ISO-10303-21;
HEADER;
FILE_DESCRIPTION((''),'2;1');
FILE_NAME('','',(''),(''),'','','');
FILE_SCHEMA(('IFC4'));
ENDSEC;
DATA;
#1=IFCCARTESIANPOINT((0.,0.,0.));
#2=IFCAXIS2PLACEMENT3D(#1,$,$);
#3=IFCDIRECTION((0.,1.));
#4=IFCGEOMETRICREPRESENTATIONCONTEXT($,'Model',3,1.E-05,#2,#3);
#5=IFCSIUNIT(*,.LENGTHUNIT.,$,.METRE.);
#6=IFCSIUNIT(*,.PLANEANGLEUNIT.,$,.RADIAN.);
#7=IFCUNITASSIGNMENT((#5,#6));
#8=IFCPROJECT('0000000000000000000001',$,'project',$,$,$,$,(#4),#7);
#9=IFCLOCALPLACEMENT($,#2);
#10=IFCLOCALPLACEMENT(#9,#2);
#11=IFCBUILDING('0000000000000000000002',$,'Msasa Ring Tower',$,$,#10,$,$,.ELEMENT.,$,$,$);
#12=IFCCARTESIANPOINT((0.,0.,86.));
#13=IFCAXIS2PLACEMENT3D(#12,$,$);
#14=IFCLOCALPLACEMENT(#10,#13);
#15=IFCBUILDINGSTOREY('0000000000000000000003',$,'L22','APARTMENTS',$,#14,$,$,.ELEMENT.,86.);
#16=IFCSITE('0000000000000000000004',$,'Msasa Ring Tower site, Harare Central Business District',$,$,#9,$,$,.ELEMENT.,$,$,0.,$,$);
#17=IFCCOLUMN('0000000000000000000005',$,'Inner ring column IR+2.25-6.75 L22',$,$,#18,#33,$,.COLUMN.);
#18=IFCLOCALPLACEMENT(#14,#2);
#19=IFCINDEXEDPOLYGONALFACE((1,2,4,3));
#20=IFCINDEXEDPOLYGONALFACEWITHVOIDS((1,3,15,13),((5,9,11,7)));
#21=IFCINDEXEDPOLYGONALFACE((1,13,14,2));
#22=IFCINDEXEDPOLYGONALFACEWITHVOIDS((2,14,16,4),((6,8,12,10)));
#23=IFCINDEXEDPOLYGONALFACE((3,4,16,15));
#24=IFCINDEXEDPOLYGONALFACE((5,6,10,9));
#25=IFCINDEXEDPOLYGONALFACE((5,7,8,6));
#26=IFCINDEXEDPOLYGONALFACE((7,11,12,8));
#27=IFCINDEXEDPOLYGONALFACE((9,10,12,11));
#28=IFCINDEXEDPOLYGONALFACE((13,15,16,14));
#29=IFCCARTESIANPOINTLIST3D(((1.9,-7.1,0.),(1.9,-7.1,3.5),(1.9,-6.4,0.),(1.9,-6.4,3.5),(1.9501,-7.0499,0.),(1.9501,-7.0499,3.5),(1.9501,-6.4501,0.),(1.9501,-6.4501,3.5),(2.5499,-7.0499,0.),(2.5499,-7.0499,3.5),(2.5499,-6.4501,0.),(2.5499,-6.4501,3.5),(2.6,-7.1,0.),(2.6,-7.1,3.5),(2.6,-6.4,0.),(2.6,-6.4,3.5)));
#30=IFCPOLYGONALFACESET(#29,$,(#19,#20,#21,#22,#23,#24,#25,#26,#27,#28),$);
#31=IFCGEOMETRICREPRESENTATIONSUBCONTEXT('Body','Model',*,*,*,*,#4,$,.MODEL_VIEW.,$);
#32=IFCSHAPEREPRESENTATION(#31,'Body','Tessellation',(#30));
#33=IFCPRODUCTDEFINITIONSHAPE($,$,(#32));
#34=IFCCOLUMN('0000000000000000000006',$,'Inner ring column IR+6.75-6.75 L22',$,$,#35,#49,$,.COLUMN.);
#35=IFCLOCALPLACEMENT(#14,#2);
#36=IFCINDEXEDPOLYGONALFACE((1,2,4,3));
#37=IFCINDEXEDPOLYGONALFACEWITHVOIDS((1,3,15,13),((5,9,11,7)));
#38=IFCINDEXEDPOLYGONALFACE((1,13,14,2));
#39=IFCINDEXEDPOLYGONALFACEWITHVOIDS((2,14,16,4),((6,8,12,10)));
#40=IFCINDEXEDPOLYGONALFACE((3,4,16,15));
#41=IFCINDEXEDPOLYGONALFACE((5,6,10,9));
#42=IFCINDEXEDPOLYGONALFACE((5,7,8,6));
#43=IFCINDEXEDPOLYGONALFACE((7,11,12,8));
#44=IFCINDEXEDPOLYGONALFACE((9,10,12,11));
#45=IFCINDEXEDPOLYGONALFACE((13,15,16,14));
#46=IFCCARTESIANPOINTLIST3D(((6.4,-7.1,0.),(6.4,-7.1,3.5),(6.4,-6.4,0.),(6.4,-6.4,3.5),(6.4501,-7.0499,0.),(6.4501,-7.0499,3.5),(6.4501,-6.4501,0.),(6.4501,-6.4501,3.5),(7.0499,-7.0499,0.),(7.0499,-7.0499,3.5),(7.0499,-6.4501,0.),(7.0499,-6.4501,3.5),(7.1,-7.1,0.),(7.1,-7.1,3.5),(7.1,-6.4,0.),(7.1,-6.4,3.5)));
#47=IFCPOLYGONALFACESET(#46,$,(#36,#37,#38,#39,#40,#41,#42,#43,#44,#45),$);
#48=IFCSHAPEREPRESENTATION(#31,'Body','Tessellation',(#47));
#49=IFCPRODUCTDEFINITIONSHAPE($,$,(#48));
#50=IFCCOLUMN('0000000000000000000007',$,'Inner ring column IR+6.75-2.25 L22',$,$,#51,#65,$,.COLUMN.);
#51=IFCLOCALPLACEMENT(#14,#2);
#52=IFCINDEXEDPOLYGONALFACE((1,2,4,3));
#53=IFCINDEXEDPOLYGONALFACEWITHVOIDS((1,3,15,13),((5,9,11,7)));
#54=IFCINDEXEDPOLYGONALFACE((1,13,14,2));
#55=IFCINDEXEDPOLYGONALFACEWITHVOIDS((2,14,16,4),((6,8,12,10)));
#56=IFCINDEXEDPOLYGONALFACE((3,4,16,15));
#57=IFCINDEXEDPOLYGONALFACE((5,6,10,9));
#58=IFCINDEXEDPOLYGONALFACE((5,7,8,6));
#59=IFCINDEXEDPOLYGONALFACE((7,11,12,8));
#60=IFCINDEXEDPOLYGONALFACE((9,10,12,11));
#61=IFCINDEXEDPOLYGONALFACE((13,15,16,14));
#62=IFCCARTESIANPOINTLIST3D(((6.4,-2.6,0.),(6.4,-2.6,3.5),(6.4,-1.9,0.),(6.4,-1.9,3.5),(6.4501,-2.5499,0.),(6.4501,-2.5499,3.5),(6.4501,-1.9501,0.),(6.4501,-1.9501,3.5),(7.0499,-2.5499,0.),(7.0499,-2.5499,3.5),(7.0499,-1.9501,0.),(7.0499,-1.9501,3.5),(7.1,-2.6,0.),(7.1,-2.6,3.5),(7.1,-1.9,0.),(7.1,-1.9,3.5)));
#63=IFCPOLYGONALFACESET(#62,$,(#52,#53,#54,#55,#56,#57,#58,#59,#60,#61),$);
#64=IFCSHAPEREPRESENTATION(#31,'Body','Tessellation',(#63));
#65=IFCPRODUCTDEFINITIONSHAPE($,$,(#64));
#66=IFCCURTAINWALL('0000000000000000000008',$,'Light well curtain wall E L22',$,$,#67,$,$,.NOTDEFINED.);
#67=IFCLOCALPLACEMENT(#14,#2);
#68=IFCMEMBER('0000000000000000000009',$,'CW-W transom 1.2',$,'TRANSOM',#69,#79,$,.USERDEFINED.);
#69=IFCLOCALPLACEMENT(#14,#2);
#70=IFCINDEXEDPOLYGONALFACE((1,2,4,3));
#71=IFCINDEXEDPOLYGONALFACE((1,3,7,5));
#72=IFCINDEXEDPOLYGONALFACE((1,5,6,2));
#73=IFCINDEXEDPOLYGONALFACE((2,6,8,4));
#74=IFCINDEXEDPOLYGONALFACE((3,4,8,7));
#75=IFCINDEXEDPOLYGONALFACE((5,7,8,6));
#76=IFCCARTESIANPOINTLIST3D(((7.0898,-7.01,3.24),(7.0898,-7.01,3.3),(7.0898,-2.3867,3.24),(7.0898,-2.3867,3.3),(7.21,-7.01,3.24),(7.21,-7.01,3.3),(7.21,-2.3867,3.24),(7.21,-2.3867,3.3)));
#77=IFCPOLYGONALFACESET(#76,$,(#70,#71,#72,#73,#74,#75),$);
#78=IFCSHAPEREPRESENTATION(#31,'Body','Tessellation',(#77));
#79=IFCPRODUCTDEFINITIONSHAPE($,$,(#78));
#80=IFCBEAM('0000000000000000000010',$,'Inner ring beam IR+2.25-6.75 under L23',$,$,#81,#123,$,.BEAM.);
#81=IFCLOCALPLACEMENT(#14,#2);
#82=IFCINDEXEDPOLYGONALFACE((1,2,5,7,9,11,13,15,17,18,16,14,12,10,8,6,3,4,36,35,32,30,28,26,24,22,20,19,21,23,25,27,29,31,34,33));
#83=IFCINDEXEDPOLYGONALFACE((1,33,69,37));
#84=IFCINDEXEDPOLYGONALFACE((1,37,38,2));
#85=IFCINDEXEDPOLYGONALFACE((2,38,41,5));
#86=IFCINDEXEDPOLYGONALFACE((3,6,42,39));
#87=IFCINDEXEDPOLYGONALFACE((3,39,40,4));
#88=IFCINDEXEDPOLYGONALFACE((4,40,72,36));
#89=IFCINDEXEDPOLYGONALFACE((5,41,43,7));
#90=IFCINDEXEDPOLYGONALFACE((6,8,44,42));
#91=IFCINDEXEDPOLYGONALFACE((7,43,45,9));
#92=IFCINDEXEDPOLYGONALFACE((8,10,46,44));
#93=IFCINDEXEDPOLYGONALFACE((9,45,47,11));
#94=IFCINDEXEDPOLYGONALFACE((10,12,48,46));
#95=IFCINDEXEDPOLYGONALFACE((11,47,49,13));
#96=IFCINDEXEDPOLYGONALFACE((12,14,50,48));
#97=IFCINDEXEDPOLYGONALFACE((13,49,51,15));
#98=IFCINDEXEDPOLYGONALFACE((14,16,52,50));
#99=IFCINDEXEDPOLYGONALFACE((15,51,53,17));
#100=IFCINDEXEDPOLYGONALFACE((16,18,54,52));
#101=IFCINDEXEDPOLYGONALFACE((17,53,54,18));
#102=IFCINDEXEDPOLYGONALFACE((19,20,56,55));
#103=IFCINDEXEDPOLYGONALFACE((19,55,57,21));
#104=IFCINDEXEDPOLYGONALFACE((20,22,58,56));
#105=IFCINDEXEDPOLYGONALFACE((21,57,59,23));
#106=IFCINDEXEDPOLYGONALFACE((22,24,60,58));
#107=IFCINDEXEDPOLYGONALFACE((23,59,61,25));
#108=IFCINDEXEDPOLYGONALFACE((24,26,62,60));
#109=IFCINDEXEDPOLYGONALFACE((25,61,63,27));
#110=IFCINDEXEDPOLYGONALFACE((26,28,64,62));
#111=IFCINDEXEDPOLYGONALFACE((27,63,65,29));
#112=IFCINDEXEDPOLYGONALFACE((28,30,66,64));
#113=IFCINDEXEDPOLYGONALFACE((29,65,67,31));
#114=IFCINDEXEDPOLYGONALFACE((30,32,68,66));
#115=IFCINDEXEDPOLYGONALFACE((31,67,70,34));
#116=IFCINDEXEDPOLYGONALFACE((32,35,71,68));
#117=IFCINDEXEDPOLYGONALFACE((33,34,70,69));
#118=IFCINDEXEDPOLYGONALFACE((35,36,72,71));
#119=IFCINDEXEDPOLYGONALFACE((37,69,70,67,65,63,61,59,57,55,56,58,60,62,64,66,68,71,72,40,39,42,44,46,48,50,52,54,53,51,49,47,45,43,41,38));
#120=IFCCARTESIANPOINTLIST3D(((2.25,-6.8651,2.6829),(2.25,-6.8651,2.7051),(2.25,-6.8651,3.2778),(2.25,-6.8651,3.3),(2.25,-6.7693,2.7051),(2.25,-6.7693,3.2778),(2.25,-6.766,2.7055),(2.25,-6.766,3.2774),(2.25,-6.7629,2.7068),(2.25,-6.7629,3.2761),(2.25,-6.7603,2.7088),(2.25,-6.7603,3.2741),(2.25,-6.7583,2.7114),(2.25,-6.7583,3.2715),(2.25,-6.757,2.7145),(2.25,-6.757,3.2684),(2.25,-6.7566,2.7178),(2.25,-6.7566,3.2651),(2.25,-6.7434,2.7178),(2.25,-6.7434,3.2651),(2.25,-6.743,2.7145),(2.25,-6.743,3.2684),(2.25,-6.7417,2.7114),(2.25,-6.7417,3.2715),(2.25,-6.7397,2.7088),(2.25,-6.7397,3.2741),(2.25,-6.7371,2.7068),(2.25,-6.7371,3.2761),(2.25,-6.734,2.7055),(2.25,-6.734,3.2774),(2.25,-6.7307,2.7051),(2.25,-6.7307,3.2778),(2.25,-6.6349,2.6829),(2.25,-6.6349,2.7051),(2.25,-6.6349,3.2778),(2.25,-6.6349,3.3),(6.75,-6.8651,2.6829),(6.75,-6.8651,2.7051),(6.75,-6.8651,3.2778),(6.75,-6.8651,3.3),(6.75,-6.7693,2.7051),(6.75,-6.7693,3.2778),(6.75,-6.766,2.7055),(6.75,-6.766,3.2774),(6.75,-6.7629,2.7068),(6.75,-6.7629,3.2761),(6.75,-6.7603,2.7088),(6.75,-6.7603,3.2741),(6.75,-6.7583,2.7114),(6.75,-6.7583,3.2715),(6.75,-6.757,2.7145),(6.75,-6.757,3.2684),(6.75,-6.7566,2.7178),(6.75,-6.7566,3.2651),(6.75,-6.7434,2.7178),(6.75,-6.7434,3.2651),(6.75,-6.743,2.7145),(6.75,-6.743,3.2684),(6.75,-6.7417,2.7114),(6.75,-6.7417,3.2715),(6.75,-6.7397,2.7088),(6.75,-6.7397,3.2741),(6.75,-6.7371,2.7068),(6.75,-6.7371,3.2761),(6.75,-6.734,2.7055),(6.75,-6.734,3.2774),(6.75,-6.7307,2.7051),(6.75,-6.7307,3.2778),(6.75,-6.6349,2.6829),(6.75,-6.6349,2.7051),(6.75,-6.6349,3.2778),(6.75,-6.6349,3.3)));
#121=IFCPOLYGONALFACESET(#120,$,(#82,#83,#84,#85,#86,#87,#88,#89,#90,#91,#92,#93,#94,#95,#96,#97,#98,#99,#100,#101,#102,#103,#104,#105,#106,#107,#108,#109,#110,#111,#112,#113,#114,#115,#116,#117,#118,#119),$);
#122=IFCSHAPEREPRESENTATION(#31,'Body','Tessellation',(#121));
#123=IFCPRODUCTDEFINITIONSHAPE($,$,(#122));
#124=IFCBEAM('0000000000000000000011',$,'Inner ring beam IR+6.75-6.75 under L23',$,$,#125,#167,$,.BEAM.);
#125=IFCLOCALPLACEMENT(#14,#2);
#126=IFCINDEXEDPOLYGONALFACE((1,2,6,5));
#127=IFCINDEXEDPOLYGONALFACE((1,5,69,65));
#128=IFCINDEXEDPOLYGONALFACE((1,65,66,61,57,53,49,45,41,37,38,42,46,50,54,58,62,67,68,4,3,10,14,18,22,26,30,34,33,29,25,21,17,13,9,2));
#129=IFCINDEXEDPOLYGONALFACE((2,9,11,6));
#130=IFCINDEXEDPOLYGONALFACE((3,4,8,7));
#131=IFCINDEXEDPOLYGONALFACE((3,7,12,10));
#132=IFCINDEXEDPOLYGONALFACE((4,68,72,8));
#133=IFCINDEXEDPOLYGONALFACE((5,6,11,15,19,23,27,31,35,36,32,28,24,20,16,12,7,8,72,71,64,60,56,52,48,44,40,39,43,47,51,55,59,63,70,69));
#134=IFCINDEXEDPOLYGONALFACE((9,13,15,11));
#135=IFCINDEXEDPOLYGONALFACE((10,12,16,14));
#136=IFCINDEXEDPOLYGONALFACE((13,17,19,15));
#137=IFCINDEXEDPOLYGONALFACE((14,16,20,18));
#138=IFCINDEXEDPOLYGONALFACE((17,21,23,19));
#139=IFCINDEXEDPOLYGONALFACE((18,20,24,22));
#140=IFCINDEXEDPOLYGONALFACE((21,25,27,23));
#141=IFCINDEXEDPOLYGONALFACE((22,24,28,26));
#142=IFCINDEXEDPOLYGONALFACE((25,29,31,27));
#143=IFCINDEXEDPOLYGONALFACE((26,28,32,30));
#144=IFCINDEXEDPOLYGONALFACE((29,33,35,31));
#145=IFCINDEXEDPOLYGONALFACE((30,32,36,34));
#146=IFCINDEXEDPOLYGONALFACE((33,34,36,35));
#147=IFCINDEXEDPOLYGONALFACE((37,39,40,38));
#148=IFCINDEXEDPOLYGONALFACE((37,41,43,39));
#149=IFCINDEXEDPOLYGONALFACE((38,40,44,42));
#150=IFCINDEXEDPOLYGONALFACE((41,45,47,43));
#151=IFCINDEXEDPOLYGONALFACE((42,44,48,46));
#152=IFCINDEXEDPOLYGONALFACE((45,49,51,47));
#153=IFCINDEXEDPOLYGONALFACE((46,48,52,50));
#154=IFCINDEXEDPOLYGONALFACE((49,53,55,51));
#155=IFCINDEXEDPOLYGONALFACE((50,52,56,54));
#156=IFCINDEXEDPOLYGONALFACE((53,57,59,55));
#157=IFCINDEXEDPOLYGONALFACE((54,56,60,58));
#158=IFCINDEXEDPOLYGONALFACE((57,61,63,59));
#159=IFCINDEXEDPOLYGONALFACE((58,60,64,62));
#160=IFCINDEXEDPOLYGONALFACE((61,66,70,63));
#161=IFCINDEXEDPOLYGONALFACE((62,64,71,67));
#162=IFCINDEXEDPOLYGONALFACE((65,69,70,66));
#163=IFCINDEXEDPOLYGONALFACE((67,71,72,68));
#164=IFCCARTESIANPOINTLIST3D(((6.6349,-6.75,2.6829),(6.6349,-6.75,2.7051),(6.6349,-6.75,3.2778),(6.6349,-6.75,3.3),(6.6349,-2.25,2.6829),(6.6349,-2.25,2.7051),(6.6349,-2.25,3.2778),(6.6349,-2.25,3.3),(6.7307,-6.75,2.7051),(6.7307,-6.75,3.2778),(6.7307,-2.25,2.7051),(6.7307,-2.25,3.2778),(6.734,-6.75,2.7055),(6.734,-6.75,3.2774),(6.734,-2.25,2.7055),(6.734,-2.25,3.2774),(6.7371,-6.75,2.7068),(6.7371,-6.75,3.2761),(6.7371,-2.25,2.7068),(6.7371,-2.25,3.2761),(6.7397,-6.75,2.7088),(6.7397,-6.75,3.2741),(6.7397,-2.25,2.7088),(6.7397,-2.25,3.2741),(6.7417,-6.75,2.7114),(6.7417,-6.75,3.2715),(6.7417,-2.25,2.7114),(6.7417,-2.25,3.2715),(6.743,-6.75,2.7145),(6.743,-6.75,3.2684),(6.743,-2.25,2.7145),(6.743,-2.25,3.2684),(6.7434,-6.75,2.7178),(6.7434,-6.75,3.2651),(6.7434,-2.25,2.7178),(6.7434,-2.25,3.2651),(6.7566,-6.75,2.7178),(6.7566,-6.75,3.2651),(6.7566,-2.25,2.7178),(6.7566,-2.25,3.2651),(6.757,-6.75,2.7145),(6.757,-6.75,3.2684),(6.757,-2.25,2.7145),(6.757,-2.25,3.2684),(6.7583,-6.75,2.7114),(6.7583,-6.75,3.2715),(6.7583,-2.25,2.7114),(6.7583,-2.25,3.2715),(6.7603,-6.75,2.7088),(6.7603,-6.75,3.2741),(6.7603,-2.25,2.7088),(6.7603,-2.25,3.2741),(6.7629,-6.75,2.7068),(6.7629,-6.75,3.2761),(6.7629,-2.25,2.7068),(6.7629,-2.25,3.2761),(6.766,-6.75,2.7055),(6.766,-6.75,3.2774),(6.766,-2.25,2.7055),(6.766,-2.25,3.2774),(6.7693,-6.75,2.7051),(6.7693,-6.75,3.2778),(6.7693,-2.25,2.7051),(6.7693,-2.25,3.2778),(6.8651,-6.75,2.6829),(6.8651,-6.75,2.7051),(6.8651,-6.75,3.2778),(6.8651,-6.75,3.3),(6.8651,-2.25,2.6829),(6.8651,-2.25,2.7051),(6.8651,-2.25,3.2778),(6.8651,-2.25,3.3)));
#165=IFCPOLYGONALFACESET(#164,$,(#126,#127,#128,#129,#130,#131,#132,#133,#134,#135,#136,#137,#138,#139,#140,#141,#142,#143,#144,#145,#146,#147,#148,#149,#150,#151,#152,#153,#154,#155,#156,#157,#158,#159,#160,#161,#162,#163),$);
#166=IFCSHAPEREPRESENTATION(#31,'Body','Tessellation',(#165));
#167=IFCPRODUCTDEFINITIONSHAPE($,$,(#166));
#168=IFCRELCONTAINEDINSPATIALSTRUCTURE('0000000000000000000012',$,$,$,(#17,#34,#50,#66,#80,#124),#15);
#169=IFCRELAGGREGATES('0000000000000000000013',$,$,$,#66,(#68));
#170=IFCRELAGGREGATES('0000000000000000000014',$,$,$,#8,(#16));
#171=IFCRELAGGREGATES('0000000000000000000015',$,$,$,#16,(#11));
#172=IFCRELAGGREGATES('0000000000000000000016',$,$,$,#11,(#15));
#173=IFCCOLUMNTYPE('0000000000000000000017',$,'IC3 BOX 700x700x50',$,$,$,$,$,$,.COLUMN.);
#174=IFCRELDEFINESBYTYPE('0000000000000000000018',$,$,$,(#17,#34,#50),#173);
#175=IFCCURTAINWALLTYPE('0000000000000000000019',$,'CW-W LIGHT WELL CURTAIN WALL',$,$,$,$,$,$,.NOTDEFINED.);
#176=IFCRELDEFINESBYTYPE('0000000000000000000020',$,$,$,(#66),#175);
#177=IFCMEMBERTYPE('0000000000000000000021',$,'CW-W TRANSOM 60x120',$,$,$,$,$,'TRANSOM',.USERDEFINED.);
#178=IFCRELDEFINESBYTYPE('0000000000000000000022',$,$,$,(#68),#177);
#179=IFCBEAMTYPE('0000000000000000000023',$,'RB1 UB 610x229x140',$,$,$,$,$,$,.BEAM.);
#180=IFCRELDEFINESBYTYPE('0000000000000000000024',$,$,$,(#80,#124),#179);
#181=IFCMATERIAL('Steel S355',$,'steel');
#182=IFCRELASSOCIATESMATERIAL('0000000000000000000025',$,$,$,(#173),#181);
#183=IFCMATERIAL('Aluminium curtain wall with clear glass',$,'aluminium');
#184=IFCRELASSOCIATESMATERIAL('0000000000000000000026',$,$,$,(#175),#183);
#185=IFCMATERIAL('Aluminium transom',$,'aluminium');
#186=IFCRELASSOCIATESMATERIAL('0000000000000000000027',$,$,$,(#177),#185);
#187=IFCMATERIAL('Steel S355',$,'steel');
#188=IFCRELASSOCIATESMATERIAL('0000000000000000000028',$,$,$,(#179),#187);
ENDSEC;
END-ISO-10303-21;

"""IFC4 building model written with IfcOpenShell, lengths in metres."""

from ifc_helpers import new_model, si_unit, direction, frame, origin, origin_2d, place, context, subcontext, project, spatial, rectangle, hollow_rectangle, i_section, extrude, material, material_profile, profile_set, type_object, element, aggregate, save


model = new_model("IFC4")

# Units and contexts
model_context = context("Model", 3, precision=1e-05, world=origin(), true_north=direction((0.0, 1.0)))
body_context = subcontext(model_context, "Body", "Model", "MODEL_VIEW")
ifc_project = project(units=[si_unit("LENGTHUNIT", "METRE"), si_unit("PLANEANGLEUNIT", "RADIAN")], contexts=[model_context])

# Site, building, storey
site_placement = place(None, origin())
site = spatial("IfcSite", under=ifc_project, at=site_placement, Name="Msasa Ring Tower site, Harare Central Business District", CompositionType="ELEMENT", RefElevation=0.0)
building_placement = place(site_placement, origin())
building = spatial("IfcBuilding", under=site, at=building_placement, Name="Msasa Ring Tower", CompositionType="ELEMENT")
storey_placement = place(building_placement, frame((0.0, 0.0, 86.0)))
storey = spatial("IfcBuildingStorey", under=building, at=storey_placement, Name="L22", Description="APARTMENTS", CompositionType="ELEMENT", Elevation=86.0)

# Columns
ifc_material_1 = material(Name="Steel S355", Category="steel")
ifc_material_profile_1 = material_profile(ifc_material_1, hollow_rectangle(XDim=0.7, YDim=0.7, WallThickness=0.05, at=origin_2d()), Name="BOX 700x700x50")
ifc_profile_set_1 = profile_set([ifc_material_profile_1], Name="Steel S355")
column_type = type_object("IfcColumnType", Name="IC3 BOX 700x700x50", PredefinedType="COLUMN", material=ifc_profile_set_1)
for number, where, z_axis, x_axis, name in (
    (1, (2.25, -6.75, 0.0), (0.0, 0.0, 1.0), (1.0, 0.0, 0.0), "Inner ring column IR+2.25-6.75 L22"),
    (2, (6.75, -6.75, 0.0), (0.0, 0.0, 1.0), (1.0, 0.0, 0.0), "Inner ring column IR+6.75-6.75 L22"),
    (3, (6.75, -2.25, 0.0), (0.0, 0.0, 1.0), (1.0, 0.0, 0.0), "Inner ring column IR+6.75-2.25 L22"),
):
    element("IfcColumn", number, at=place(storey_placement, frame(where, z_axis=z_axis, x_axis=x_axis)), inside=storey, type_object=column_type, Name=name, PredefinedType="COLUMN", context=body_context, shape_type="SweptSolid", body=[
        extrude(hollow_rectangle(XDim=0.7, YDim=0.7, WallThickness=0.05, at=origin_2d()), origin(), (0.0, 0.0, 1.0), 3.5),
    ])

# Curtain wall, member
ifc_material_2 = material(Name="Aluminium curtain wall with clear glass", Category="aluminium")
curtain_wall_type = type_object("IfcCurtainWallType", Name="CW-W LIGHT WELL CURTAIN WALL", PredefinedType="NOTDEFINED", material=ifc_material_2)
curtain_wall_placement = place(storey_placement, origin())
curtain_wall = element("IfcCurtainWall", 4, at=curtain_wall_placement, inside=storey, type_object=curtain_wall_type, Name="Light well curtain wall E L22", PredefinedType="NOTDEFINED")
ifc_material_3 = material(Name="Aluminium transom", Category="aluminium")
ifc_material_profile_2 = material_profile(ifc_material_3, rectangle(XDim=0.1201, YDim=0.0601, at=origin_2d()), Name="AL 60x120")
ifc_profile_set_2 = profile_set([ifc_material_profile_2], Name="Aluminium transom")
member_type = type_object("IfcMemberType", Name="CW-W TRANSOM 60x120", ElementType="TRANSOM", PredefinedType="USERDEFINED", material=ifc_profile_set_2)
member_placement = place(storey_placement, frame((7.1499, -7.01, 3.27), z_axis=(0.0, 1.0, 0.0), x_axis=(-1.0, 0.0, 0.0)))
member = element("IfcMember", 5, at=member_placement, type_object=member_type, Name="CW-W transom 1.2", ObjectType="TRANSOM", PredefinedType="USERDEFINED", context=body_context, shape_type="SweptSolid", body=[
    extrude(rectangle(XDim=0.1201, YDim=0.0601, at=origin_2d()), origin(), (0.0, 0.0, 1.0), 4.6233),
])

# Beams
ifc_material_4 = material(Name="Steel S355", Category="steel")
ifc_material_profile_3 = material_profile(ifc_material_4, i_section(OverallWidth=0.2302, OverallDepth=0.6172, WebThickness=0.0132, FlangeThickness=0.0222, FilletRadius=0.0127, at=origin_2d()), Name="UB 610x229x140")
ifc_profile_set_3 = profile_set([ifc_material_profile_3], Name="Steel S355")
beam_type = type_object("IfcBeamType", Name="RB1 UB 610x229x140", PredefinedType="BEAM", material=ifc_profile_set_3)
for number, where, z_axis, x_axis, name in (
    (6, (2.25, -6.75, 2.9915), (1.0, 0.0, 0.0), (0.0, 1.0, 0.0), "Inner ring beam IR+2.25-6.75 under L23"),
    (7, (6.75, -6.75, 2.9915), (0.0, 1.0, 0.0), (-1.0, 0.0, 0.0), "Inner ring beam IR+6.75-6.75 under L23"),
):
    element("IfcBeam", number, at=place(storey_placement, frame(where, z_axis=z_axis, x_axis=x_axis)), inside=storey, type_object=beam_type, Name=name, PredefinedType="BEAM", context=body_context, shape_type="SweptSolid", body=[
        extrude(i_section(OverallWidth=0.2302, OverallDepth=0.6172, WebThickness=0.0132, FlangeThickness=0.0222, FilletRadius=0.0127, at=origin_2d()), origin(), (0.0, 0.0, 1.0), 4.5),
    ])

aggregate(curtain_wall, [member])

save(model, "model.ifc")
